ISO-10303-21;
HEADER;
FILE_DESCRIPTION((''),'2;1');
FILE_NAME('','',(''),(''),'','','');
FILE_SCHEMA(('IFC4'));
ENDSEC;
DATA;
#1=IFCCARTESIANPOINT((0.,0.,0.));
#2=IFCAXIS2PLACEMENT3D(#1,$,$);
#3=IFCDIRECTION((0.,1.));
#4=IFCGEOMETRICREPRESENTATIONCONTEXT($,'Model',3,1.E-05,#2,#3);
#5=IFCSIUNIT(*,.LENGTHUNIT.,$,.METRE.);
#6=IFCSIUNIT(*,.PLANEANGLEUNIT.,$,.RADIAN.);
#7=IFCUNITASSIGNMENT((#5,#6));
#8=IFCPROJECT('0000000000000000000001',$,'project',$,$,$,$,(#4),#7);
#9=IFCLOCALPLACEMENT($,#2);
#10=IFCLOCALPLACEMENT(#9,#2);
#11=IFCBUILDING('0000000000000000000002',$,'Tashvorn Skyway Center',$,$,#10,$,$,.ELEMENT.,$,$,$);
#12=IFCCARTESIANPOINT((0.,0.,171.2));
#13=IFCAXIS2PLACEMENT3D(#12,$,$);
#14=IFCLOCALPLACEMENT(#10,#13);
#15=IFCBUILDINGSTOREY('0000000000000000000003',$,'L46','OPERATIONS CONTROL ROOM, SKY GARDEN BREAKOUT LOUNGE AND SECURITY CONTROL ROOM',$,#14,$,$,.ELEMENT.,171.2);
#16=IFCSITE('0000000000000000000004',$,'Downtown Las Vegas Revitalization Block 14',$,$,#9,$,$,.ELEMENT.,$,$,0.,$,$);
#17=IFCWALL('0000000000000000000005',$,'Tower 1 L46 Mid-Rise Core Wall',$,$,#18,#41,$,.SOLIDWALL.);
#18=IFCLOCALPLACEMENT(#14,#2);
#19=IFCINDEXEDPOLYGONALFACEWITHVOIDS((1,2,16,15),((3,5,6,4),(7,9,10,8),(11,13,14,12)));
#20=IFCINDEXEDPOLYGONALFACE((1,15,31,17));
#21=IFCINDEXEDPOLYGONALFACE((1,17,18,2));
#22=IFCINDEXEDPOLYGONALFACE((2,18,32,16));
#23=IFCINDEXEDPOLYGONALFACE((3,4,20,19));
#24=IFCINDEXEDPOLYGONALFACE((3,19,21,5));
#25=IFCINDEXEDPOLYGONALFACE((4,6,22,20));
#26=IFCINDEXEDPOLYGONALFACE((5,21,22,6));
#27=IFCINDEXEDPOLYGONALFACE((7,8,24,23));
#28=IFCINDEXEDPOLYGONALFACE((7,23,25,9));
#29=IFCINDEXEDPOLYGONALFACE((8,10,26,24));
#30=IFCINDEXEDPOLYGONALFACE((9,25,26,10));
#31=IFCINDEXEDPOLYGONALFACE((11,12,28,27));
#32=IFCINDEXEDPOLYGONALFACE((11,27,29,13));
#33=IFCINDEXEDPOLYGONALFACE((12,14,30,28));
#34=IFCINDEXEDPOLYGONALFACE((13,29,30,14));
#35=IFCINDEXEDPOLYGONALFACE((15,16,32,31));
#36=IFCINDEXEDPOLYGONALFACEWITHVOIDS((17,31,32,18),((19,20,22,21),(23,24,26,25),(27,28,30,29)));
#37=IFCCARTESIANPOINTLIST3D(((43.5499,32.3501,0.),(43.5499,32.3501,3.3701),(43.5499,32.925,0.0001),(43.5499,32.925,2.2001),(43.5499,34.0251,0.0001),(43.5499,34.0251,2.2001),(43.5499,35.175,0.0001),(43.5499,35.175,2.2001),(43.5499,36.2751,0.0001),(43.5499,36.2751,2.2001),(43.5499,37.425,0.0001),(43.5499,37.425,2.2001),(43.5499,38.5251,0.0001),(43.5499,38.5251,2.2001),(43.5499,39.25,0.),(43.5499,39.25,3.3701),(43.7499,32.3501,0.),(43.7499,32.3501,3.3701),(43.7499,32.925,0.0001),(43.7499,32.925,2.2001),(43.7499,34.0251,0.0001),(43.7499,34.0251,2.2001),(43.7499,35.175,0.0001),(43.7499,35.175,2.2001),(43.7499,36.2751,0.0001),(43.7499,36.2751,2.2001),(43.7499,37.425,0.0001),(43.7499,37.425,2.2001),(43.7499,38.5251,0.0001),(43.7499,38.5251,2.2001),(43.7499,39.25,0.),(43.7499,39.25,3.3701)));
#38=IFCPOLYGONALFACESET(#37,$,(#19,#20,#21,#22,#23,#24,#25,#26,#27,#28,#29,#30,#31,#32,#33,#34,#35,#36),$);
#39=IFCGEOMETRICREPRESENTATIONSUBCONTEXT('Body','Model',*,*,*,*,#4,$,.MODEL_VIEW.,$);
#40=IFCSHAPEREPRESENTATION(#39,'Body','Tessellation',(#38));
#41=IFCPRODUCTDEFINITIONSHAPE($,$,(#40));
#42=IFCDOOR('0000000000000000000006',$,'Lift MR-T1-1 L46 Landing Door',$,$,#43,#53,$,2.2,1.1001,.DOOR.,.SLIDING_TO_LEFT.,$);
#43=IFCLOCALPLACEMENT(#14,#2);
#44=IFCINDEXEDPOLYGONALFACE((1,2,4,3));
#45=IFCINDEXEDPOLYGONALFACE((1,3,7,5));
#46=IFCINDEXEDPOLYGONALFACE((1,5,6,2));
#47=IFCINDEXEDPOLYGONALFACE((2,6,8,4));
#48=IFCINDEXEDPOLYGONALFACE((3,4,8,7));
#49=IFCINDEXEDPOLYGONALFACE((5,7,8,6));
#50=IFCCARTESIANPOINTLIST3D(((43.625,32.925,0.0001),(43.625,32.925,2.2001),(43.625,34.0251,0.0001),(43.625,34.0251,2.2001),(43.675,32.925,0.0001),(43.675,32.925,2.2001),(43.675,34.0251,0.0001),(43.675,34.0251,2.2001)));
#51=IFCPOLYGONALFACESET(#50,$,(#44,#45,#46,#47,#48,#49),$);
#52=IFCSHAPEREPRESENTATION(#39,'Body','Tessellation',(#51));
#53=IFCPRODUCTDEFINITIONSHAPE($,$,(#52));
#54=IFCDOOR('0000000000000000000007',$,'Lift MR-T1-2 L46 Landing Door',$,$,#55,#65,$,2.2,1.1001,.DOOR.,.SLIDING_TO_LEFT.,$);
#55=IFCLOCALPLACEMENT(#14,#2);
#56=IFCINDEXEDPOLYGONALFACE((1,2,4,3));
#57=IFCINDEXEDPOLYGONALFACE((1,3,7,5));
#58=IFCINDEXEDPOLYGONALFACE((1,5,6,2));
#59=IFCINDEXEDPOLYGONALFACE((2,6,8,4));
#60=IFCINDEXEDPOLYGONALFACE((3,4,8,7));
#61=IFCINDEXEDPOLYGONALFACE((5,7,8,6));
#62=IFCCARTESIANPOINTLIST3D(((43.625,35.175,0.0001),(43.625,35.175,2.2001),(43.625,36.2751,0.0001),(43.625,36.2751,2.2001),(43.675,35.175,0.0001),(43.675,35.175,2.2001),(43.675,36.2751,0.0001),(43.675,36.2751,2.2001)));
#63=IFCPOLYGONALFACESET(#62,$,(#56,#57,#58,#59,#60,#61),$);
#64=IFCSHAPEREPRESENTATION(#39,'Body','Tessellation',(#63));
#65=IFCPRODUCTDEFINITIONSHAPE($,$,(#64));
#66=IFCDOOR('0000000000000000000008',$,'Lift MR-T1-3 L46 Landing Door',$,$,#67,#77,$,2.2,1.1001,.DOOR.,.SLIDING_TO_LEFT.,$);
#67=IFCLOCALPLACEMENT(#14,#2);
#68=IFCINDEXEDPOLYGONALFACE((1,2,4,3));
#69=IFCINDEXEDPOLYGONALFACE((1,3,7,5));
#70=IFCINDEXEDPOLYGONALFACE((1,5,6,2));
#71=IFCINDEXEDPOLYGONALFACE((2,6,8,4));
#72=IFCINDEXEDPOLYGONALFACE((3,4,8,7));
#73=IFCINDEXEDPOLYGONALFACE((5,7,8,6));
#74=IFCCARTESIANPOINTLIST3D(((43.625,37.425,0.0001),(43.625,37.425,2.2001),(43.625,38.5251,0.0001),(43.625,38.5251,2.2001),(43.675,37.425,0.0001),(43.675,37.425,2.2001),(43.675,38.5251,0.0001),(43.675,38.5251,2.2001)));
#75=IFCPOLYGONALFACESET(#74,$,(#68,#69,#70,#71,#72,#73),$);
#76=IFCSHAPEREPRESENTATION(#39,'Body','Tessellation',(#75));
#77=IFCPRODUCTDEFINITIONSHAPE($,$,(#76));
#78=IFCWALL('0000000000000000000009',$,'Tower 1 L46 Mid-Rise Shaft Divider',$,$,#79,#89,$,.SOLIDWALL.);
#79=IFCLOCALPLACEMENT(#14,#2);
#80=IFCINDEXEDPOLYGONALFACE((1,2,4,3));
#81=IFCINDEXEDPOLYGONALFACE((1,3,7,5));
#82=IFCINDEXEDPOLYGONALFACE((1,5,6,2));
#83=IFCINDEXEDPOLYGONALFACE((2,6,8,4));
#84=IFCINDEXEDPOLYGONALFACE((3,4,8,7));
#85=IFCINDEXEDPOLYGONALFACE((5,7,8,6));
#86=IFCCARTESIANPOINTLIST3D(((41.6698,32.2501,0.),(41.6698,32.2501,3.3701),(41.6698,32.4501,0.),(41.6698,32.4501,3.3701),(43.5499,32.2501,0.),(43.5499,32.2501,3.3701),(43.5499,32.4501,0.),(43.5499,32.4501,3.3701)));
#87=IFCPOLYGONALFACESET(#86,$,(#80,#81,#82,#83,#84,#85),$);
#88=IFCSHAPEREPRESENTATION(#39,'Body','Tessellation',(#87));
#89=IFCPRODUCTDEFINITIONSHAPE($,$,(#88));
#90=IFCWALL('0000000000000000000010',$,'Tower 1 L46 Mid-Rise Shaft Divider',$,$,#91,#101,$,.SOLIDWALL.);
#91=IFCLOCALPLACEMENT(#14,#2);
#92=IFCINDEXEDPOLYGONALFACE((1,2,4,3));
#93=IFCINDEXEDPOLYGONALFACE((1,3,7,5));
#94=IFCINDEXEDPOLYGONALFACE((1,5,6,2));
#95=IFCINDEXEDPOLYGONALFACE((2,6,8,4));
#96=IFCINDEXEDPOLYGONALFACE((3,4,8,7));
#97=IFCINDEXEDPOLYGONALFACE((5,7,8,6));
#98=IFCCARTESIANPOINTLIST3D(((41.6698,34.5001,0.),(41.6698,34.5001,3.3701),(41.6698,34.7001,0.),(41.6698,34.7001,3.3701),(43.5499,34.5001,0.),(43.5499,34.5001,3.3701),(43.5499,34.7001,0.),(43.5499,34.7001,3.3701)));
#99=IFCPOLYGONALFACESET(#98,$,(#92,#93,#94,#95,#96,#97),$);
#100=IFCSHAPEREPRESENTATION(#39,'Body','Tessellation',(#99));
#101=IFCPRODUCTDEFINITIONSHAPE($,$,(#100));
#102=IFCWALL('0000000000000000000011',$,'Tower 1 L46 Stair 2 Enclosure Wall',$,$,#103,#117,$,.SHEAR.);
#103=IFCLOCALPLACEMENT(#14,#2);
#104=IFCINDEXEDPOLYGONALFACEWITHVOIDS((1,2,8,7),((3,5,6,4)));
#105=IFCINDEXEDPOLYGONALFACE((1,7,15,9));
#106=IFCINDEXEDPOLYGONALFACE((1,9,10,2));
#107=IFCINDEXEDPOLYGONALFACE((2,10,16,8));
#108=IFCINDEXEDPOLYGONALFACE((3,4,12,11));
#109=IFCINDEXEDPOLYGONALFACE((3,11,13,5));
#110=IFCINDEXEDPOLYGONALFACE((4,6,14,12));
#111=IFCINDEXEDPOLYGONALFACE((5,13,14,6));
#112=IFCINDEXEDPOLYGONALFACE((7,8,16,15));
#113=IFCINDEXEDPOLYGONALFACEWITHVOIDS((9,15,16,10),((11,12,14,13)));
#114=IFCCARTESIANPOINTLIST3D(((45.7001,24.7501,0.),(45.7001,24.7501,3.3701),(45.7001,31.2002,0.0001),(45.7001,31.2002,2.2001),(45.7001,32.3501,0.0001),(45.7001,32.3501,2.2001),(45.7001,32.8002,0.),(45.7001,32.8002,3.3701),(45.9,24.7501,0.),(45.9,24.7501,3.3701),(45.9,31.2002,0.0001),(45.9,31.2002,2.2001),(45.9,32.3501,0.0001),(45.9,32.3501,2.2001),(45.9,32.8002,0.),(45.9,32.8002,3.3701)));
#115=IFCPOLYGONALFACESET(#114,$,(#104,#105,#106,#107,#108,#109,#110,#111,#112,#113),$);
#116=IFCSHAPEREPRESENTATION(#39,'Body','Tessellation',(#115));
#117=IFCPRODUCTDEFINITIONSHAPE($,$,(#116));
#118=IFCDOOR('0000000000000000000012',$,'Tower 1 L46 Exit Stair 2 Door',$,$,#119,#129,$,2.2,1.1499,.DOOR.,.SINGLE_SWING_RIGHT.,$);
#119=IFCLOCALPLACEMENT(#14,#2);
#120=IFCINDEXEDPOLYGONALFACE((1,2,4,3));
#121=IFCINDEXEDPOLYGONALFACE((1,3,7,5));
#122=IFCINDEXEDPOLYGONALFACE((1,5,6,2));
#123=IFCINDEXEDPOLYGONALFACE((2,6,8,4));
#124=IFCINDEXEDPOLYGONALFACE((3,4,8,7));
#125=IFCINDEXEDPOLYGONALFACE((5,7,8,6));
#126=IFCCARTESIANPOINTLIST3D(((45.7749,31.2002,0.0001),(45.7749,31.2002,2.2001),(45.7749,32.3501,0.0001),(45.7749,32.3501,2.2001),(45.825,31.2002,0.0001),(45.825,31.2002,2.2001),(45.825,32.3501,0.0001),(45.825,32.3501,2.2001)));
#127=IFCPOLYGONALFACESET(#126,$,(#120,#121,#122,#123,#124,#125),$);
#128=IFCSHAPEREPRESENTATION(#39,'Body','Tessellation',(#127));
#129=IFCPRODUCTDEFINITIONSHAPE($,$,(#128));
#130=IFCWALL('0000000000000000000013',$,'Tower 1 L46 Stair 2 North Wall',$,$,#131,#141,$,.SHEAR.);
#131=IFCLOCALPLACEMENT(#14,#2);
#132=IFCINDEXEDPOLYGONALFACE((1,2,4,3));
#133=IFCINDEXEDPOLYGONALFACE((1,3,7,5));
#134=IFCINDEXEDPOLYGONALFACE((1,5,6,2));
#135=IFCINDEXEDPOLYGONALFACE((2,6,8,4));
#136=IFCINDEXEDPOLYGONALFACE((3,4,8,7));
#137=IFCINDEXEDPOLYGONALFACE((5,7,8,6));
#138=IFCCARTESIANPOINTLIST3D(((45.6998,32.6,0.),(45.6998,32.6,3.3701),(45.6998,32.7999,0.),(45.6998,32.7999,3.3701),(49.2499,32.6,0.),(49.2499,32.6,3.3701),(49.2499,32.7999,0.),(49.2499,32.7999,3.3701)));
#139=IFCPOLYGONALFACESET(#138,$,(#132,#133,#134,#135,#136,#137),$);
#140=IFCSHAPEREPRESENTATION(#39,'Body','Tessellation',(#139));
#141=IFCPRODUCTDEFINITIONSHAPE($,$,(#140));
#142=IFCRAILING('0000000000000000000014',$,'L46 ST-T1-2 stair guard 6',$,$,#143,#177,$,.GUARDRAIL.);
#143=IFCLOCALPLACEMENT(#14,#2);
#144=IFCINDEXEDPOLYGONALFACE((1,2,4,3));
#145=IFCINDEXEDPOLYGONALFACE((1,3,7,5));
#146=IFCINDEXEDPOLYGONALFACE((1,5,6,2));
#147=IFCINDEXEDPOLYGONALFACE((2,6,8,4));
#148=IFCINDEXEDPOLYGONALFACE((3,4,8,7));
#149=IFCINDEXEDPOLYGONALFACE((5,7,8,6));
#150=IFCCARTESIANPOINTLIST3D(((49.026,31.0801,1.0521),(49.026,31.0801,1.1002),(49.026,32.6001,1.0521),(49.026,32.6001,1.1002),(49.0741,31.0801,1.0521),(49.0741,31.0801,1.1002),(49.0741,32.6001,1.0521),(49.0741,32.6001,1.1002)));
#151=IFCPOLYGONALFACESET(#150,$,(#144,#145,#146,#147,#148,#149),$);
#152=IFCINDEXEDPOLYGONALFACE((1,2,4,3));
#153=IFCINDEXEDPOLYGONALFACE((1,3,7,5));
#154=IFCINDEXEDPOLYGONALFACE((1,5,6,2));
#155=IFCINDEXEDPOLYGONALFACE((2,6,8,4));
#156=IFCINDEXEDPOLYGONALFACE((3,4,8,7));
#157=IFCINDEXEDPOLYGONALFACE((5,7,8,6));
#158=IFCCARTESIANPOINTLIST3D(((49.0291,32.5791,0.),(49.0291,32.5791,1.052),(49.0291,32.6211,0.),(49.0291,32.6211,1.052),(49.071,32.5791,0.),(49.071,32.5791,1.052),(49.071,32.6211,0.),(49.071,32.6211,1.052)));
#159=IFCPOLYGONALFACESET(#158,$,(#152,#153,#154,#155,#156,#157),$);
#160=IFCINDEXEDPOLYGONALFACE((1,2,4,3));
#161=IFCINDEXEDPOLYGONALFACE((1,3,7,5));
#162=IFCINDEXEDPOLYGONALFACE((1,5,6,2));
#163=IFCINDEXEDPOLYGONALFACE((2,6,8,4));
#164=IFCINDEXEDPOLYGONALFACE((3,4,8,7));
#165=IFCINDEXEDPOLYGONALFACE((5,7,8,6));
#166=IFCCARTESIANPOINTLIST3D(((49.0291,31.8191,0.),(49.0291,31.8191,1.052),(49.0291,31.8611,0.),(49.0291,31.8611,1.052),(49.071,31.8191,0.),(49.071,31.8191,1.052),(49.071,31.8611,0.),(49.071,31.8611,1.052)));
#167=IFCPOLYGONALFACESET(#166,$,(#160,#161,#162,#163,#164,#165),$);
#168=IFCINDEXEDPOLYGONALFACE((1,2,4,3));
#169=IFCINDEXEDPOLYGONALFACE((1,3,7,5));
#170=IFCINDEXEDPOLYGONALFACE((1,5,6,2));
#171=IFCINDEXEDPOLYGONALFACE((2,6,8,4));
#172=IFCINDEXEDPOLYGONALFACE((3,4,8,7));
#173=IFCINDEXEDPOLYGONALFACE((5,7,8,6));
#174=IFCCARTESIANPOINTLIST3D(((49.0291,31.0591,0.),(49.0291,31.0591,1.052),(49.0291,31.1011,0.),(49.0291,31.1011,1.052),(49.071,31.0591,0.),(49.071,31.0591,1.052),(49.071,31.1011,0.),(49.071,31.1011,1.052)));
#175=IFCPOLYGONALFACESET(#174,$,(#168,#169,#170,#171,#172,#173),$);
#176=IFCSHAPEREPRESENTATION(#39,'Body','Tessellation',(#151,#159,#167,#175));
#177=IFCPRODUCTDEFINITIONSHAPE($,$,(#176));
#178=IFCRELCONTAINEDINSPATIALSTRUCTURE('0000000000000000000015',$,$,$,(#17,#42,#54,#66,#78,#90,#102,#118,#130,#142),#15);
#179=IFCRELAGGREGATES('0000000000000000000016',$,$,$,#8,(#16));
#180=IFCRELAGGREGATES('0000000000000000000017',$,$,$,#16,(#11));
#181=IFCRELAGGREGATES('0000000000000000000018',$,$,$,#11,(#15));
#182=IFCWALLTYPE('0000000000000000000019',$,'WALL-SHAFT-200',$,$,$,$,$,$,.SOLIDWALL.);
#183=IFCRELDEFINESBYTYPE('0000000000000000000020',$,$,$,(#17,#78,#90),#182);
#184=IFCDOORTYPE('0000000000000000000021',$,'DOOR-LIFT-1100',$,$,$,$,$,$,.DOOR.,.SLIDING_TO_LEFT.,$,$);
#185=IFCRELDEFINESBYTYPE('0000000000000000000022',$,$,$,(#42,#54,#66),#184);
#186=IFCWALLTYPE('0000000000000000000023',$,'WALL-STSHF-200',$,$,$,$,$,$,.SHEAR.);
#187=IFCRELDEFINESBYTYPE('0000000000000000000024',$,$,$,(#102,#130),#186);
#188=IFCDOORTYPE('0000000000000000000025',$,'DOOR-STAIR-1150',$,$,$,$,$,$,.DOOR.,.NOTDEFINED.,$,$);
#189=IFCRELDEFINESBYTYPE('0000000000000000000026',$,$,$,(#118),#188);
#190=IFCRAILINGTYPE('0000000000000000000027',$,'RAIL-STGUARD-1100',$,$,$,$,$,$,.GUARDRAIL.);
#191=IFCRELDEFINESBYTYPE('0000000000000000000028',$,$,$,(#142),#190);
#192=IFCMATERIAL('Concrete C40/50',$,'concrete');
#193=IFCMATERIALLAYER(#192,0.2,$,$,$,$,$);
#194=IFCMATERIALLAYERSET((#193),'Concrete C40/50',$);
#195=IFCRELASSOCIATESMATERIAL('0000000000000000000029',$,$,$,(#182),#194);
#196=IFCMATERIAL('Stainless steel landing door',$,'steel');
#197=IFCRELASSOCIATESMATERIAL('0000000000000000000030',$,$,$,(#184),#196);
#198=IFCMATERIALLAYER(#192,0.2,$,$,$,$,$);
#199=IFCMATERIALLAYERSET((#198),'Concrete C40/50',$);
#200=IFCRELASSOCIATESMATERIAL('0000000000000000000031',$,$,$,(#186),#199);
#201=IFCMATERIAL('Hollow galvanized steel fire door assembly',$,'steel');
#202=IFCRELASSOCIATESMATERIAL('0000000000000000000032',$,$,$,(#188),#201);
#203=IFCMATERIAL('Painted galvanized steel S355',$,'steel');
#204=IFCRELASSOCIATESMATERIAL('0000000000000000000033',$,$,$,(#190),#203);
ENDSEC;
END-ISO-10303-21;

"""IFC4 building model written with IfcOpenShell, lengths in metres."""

from ifc_helpers import new_model, si_unit, direction, frame, frame_2d, origin, origin_2d, place, context, subcontext, project, spatial, rectangle, extrude, material, layer, layer_set, type_object, element, fill, save


model = new_model("IFC4")

# Units and contexts
model_context = context("Model", 3, precision=1e-05, world=origin(), true_north=direction((0.0, 1.0)))
body_context = subcontext(model_context, "Body", "Model", "MODEL_VIEW")
ifc_project = project(units=[si_unit("LENGTHUNIT", "METRE"), si_unit("PLANEANGLEUNIT", "RADIAN")], contexts=[model_context])

# Site, building, storey
site_placement = place(None, origin())
site = spatial("IfcSite", under=ifc_project, at=site_placement, Name="Downtown Las Vegas Revitalization Block 14", CompositionType="ELEMENT", RefElevation=0.0)
building_placement = place(site_placement, origin())
building = spatial("IfcBuilding", under=site, at=building_placement, Name="Tashvorn Skyway Center", CompositionType="ELEMENT")
storey_placement = place(building_placement, frame((0.0, 0.0, 171.2)))
storey = spatial("IfcBuildingStorey", under=building, at=storey_placement, Name="L46", Description="OPERATIONS CONTROL ROOM, SKY GARDEN BREAKOUT LOUNGE AND SECURITY CONTROL ROOM", CompositionType="ELEMENT", Elevation=171.2)

# Shared definitions
ifc_material_1 = material(Name="Concrete C40/50", Category="concrete")
ifc_material_2 = material(Name="Hollow galvanized steel fire door assembly", Category="steel")

# Shared definitions
ifc_layer_1 = layer(ifc_material_1, 0.2)
ifc_layer_set_1 = layer_set([ifc_layer_1], Name="Concrete C40/50")
wall_type_1 = type_object("IfcWallType", Name="WALL-SHAFT-200", PredefinedType="SOLIDWALL", material=ifc_layer_set_1)

# Wall, openings, doors
wall_1_placement = place(storey_placement, frame((43.6499, 32.3501, 0.0), z_axis=(0.0, 0.0, 1.0), x_axis=(0.0, 1.0, 0.0)))
wall_1 = element("IfcWall", 1, at=wall_1_placement, inside=storey, type_object=wall_type_1, Name="Tower 1 L46 Mid-Rise Core Wall", PredefinedType="SOLIDWALL", context=body_context, shape_type="SweptSolid", body=[
    extrude(rectangle(XDim=6.8999, YDim=0.2, at=frame_2d((3.45, 0.0))), origin(), (0.0, 0.0, 1.0), 3.3701),
])
opening_1_placement = place(wall_1_placement, frame((0.575, 0.0, 0.0)))
opening_1 = element("IfcOpeningElement", 2, at=opening_1_placement, cuts=wall_1, PredefinedType="OPENING", context=body_context, shape_type="SweptSolid", body=[
    extrude(rectangle(XDim=1.1001, YDim=2.2, at=frame_2d((0.55, 1.1001))), frame((0.0, 0.1099, 0.0), z_axis=(0.0, -1.0, 0.0), x_axis=(1.0, 0.0, 0.0)), (0.0, 0.0, 1.0), 0.22),
])
opening_2_placement = place(wall_1_placement, frame((2.825, 0.0, 0.0)))
opening_2 = element("IfcOpeningElement", 3, at=opening_2_placement, cuts=wall_1, PredefinedType="OPENING", context=body_context, shape_type="SweptSolid", body=[
    extrude(rectangle(XDim=1.1001, YDim=2.2, at=frame_2d((0.55, 1.1001))), frame((0.0, 0.1099, 0.0), z_axis=(0.0, -1.0, 0.0), x_axis=(1.0, 0.0, 0.0)), (0.0, 0.0, 1.0), 0.22),
])
opening_3_placement = place(wall_1_placement, frame((5.075, 0.0, 0.0)))
opening_3 = element("IfcOpeningElement", 4, at=opening_3_placement, cuts=wall_1, PredefinedType="OPENING", context=body_context, shape_type="SweptSolid", body=[
    extrude(rectangle(XDim=1.1001, YDim=2.2, at=frame_2d((0.55, 1.1001))), frame((0.0, 0.1099, 0.0), z_axis=(0.0, -1.0, 0.0), x_axis=(1.0, 0.0, 0.0)), (0.0, 0.0, 1.0), 0.22),
])
ifc_material_3 = material(Name="Stainless steel landing door", Category="steel")
door_type_1 = type_object("IfcDoorType", Name="DOOR-LIFT-1100", OperationType="SLIDING_TO_LEFT", PredefinedType="DOOR", material=ifc_material_3)
door_1_placement = place(opening_1_placement, origin())
door_1 = element("IfcDoor", 5, at=door_1_placement, inside=storey, type_object=door_type_1, Name="Lift MR-T1-1 L46 Landing Door", OperationType="SLIDING_TO_LEFT", OverallHeight=2.2, OverallWidth=1.1001, PredefinedType="DOOR", context=body_context, shape_type="SweptSolid", body=[
    extrude(rectangle(XDim=1.1001, YDim=2.2, at=frame_2d((0.55, 1.1001))), frame((0.0, 0.0249, 0.0), z_axis=(0.0, -1.0, 0.0), x_axis=(1.0, 0.0, 0.0)), (0.0, 0.0, 1.0), 0.05),
])
fill(opening_1, door_1)
door_2_placement = place(opening_2_placement, origin())
door_2 = element("IfcDoor", 6, at=door_2_placement, inside=storey, type_object=door_type_1, Name="Lift MR-T1-2 L46 Landing Door", OperationType="SLIDING_TO_LEFT", OverallHeight=2.2, OverallWidth=1.1001, PredefinedType="DOOR", context=body_context, shape_type="SweptSolid", body=[
    extrude(rectangle(XDim=1.1001, YDim=2.2, at=frame_2d((0.55, 1.1001))), frame((0.0, 0.0249, 0.0), z_axis=(0.0, -1.0, 0.0), x_axis=(1.0, 0.0, 0.0)), (0.0, 0.0, 1.0), 0.05),
])
fill(opening_2, door_2)
door_3_placement = place(opening_3_placement, origin())
door_3 = element("IfcDoor", 7, at=door_3_placement, inside=storey, type_object=door_type_1, Name="Lift MR-T1-3 L46 Landing Door", OperationType="SLIDING_TO_LEFT", OverallHeight=2.2, OverallWidth=1.1001, PredefinedType="DOOR", context=body_context, shape_type="SweptSolid", body=[
    extrude(rectangle(XDim=1.1001, YDim=2.2, at=frame_2d((0.55, 1.1001))), frame((0.0, 0.0249, 0.0), z_axis=(0.0, -1.0, 0.0), x_axis=(1.0, 0.0, 0.0)), (0.0, 0.0, 1.0), 0.05),
])
fill(opening_3, door_3)

# Walls
for number, where, z_axis, x_axis, name in (
    (8, (41.6699, 32.3501, 0.0), (0.0, 0.0, 1.0), (1.0, 0.0, 0.0), "Tower 1 L46 Mid-Rise Shaft Divider"),
    (9, (41.6699, 34.6001, 0.0), (0.0, 0.0, 1.0), (1.0, 0.0, 0.0), "Tower 1 L46 Mid-Rise Shaft Divider"),
):
    element("IfcWall", number, at=place(storey_placement, frame(where, z_axis=z_axis, x_axis=x_axis)), inside=storey, type_object=wall_type_1, Name=name, PredefinedType="SOLIDWALL", context=body_context, shape_type="SweptSolid", body=[
        extrude(rectangle(XDim=1.8801, YDim=0.2, at=frame_2d((0.9399, 0.0))), origin(), (0.0, 0.0, 1.0), 3.3701),
    ])

# Wall, opening, door
ifc_layer_2 = layer(ifc_material_1, 0.2)
ifc_layer_set_2 = layer_set([ifc_layer_2], Name="Concrete C40/50")
wall_type_2 = type_object("IfcWallType", Name="WALL-STSHF-200", PredefinedType="SHEAR", material=ifc_layer_set_2)
wall_2_placement = place(storey_placement, frame((45.8, 32.8, 0.0), z_axis=(0.0, 0.0, 1.0), x_axis=(0.0, -1.0, 0.0)))
wall_2 = element("IfcWall", 10, at=wall_2_placement, inside=storey, type_object=wall_type_2, Name="Tower 1 L46 Stair 2 Enclosure Wall", PredefinedType="SHEAR", context=body_context, shape_type="SweptSolid", body=[
    extrude(rectangle(XDim=8.05, YDim=0.2, at=frame_2d((4.0249, 0.0))), origin(), (0.0, 0.0, 1.0), 3.3701),
])
opening_4_placement = place(wall_2_placement, frame((0.45, 0.0, 0.0)))
opening_4 = element("IfcOpeningElement", 11, at=opening_4_placement, cuts=wall_2, PredefinedType="OPENING", context=body_context, shape_type="SweptSolid", body=[
    extrude(rectangle(XDim=1.1499, YDim=2.2, at=frame_2d((0.575, 1.1001))), frame((0.0, 0.1099, 0.0), z_axis=(0.0, -1.0, 0.0), x_axis=(1.0, 0.0, 0.0)), (0.0, 0.0, 1.0), 0.22),
])
door_type_2 = type_object("IfcDoorType", Name="DOOR-STAIR-1150", OperationType="NOTDEFINED", PredefinedType="DOOR", material=ifc_material_2)
door_4_placement = place(opening_4_placement, origin())
door_4 = element("IfcDoor", 12, at=door_4_placement, inside=storey, type_object=door_type_2, Name="Tower 1 L46 Exit Stair 2 Door", OperationType="SINGLE_SWING_RIGHT", OverallHeight=2.2, OverallWidth=1.1499, PredefinedType="DOOR", context=body_context, shape_type="SweptSolid", body=[
    extrude(rectangle(XDim=1.1499, YDim=2.2, at=frame_2d((0.575, 1.1001))), frame((0.0, 0.0249, 0.0), z_axis=(0.0, -1.0, 0.0), x_axis=(1.0, 0.0, 0.0)), (0.0, 0.0, 1.0), 0.05),
])
fill(opening_4, door_4)

# Wall
wall_3_placement = place(storey_placement, frame((45.7, 32.7, 0.0), z_axis=(0.0, 0.0, 1.0), x_axis=(1.0, 0.0, 0.0)))
element("IfcWall", 13, at=wall_3_placement, inside=storey, type_object=wall_type_2, Name="Tower 1 L46 Stair 2 North Wall", PredefinedType="SHEAR", context=body_context, shape_type="SweptSolid", body=[
    extrude(rectangle(XDim=3.55, YDim=0.2, at=frame_2d((1.7749, 0.0))), origin(), (0.0, 0.0, 1.0), 3.3701),
])

# Railing
ifc_material_4 = material(Name="Painted galvanized steel S355", Category="steel")
railing_type = type_object("IfcRailingType", Name="RAIL-STGUARD-1100", PredefinedType="GUARDRAIL", material=ifc_material_4)
railing_placement = place(storey_placement, frame((49.05, 32.6001, 0.0)))
element("IfcRailing", 14, at=railing_placement, inside=storey, type_object=railing_type, Name="L46 ST-T1-2 stair guard 6", PredefinedType="GUARDRAIL", context=body_context, shape_type="SweptSolid", body=[
    extrude(rectangle(XDim=0.0481, YDim=0.0481, at=origin_2d()), frame((0.0, 0.0, 1.0762), z_axis=(0.0, -1.0, 0.0), x_axis=(1.0, 0.0, 0.0)), (0.0, 0.0, 1.0), 1.52),
    extrude(rectangle(XDim=0.042, YDim=0.042, at=origin_2d()), origin(), (0.0, 0.0, 1.0), 1.052),
    extrude(rectangle(XDim=0.042, YDim=0.042, at=origin_2d()), frame((0.0, -0.76, 0.0)), (0.0, 0.0, 1.0), 1.052),
    extrude(rectangle(XDim=0.042, YDim=0.042, at=origin_2d()), frame((0.0, -1.52, 0.0)), (0.0, 0.0, 1.0), 1.052),
])

save(model, "model.ifc")
